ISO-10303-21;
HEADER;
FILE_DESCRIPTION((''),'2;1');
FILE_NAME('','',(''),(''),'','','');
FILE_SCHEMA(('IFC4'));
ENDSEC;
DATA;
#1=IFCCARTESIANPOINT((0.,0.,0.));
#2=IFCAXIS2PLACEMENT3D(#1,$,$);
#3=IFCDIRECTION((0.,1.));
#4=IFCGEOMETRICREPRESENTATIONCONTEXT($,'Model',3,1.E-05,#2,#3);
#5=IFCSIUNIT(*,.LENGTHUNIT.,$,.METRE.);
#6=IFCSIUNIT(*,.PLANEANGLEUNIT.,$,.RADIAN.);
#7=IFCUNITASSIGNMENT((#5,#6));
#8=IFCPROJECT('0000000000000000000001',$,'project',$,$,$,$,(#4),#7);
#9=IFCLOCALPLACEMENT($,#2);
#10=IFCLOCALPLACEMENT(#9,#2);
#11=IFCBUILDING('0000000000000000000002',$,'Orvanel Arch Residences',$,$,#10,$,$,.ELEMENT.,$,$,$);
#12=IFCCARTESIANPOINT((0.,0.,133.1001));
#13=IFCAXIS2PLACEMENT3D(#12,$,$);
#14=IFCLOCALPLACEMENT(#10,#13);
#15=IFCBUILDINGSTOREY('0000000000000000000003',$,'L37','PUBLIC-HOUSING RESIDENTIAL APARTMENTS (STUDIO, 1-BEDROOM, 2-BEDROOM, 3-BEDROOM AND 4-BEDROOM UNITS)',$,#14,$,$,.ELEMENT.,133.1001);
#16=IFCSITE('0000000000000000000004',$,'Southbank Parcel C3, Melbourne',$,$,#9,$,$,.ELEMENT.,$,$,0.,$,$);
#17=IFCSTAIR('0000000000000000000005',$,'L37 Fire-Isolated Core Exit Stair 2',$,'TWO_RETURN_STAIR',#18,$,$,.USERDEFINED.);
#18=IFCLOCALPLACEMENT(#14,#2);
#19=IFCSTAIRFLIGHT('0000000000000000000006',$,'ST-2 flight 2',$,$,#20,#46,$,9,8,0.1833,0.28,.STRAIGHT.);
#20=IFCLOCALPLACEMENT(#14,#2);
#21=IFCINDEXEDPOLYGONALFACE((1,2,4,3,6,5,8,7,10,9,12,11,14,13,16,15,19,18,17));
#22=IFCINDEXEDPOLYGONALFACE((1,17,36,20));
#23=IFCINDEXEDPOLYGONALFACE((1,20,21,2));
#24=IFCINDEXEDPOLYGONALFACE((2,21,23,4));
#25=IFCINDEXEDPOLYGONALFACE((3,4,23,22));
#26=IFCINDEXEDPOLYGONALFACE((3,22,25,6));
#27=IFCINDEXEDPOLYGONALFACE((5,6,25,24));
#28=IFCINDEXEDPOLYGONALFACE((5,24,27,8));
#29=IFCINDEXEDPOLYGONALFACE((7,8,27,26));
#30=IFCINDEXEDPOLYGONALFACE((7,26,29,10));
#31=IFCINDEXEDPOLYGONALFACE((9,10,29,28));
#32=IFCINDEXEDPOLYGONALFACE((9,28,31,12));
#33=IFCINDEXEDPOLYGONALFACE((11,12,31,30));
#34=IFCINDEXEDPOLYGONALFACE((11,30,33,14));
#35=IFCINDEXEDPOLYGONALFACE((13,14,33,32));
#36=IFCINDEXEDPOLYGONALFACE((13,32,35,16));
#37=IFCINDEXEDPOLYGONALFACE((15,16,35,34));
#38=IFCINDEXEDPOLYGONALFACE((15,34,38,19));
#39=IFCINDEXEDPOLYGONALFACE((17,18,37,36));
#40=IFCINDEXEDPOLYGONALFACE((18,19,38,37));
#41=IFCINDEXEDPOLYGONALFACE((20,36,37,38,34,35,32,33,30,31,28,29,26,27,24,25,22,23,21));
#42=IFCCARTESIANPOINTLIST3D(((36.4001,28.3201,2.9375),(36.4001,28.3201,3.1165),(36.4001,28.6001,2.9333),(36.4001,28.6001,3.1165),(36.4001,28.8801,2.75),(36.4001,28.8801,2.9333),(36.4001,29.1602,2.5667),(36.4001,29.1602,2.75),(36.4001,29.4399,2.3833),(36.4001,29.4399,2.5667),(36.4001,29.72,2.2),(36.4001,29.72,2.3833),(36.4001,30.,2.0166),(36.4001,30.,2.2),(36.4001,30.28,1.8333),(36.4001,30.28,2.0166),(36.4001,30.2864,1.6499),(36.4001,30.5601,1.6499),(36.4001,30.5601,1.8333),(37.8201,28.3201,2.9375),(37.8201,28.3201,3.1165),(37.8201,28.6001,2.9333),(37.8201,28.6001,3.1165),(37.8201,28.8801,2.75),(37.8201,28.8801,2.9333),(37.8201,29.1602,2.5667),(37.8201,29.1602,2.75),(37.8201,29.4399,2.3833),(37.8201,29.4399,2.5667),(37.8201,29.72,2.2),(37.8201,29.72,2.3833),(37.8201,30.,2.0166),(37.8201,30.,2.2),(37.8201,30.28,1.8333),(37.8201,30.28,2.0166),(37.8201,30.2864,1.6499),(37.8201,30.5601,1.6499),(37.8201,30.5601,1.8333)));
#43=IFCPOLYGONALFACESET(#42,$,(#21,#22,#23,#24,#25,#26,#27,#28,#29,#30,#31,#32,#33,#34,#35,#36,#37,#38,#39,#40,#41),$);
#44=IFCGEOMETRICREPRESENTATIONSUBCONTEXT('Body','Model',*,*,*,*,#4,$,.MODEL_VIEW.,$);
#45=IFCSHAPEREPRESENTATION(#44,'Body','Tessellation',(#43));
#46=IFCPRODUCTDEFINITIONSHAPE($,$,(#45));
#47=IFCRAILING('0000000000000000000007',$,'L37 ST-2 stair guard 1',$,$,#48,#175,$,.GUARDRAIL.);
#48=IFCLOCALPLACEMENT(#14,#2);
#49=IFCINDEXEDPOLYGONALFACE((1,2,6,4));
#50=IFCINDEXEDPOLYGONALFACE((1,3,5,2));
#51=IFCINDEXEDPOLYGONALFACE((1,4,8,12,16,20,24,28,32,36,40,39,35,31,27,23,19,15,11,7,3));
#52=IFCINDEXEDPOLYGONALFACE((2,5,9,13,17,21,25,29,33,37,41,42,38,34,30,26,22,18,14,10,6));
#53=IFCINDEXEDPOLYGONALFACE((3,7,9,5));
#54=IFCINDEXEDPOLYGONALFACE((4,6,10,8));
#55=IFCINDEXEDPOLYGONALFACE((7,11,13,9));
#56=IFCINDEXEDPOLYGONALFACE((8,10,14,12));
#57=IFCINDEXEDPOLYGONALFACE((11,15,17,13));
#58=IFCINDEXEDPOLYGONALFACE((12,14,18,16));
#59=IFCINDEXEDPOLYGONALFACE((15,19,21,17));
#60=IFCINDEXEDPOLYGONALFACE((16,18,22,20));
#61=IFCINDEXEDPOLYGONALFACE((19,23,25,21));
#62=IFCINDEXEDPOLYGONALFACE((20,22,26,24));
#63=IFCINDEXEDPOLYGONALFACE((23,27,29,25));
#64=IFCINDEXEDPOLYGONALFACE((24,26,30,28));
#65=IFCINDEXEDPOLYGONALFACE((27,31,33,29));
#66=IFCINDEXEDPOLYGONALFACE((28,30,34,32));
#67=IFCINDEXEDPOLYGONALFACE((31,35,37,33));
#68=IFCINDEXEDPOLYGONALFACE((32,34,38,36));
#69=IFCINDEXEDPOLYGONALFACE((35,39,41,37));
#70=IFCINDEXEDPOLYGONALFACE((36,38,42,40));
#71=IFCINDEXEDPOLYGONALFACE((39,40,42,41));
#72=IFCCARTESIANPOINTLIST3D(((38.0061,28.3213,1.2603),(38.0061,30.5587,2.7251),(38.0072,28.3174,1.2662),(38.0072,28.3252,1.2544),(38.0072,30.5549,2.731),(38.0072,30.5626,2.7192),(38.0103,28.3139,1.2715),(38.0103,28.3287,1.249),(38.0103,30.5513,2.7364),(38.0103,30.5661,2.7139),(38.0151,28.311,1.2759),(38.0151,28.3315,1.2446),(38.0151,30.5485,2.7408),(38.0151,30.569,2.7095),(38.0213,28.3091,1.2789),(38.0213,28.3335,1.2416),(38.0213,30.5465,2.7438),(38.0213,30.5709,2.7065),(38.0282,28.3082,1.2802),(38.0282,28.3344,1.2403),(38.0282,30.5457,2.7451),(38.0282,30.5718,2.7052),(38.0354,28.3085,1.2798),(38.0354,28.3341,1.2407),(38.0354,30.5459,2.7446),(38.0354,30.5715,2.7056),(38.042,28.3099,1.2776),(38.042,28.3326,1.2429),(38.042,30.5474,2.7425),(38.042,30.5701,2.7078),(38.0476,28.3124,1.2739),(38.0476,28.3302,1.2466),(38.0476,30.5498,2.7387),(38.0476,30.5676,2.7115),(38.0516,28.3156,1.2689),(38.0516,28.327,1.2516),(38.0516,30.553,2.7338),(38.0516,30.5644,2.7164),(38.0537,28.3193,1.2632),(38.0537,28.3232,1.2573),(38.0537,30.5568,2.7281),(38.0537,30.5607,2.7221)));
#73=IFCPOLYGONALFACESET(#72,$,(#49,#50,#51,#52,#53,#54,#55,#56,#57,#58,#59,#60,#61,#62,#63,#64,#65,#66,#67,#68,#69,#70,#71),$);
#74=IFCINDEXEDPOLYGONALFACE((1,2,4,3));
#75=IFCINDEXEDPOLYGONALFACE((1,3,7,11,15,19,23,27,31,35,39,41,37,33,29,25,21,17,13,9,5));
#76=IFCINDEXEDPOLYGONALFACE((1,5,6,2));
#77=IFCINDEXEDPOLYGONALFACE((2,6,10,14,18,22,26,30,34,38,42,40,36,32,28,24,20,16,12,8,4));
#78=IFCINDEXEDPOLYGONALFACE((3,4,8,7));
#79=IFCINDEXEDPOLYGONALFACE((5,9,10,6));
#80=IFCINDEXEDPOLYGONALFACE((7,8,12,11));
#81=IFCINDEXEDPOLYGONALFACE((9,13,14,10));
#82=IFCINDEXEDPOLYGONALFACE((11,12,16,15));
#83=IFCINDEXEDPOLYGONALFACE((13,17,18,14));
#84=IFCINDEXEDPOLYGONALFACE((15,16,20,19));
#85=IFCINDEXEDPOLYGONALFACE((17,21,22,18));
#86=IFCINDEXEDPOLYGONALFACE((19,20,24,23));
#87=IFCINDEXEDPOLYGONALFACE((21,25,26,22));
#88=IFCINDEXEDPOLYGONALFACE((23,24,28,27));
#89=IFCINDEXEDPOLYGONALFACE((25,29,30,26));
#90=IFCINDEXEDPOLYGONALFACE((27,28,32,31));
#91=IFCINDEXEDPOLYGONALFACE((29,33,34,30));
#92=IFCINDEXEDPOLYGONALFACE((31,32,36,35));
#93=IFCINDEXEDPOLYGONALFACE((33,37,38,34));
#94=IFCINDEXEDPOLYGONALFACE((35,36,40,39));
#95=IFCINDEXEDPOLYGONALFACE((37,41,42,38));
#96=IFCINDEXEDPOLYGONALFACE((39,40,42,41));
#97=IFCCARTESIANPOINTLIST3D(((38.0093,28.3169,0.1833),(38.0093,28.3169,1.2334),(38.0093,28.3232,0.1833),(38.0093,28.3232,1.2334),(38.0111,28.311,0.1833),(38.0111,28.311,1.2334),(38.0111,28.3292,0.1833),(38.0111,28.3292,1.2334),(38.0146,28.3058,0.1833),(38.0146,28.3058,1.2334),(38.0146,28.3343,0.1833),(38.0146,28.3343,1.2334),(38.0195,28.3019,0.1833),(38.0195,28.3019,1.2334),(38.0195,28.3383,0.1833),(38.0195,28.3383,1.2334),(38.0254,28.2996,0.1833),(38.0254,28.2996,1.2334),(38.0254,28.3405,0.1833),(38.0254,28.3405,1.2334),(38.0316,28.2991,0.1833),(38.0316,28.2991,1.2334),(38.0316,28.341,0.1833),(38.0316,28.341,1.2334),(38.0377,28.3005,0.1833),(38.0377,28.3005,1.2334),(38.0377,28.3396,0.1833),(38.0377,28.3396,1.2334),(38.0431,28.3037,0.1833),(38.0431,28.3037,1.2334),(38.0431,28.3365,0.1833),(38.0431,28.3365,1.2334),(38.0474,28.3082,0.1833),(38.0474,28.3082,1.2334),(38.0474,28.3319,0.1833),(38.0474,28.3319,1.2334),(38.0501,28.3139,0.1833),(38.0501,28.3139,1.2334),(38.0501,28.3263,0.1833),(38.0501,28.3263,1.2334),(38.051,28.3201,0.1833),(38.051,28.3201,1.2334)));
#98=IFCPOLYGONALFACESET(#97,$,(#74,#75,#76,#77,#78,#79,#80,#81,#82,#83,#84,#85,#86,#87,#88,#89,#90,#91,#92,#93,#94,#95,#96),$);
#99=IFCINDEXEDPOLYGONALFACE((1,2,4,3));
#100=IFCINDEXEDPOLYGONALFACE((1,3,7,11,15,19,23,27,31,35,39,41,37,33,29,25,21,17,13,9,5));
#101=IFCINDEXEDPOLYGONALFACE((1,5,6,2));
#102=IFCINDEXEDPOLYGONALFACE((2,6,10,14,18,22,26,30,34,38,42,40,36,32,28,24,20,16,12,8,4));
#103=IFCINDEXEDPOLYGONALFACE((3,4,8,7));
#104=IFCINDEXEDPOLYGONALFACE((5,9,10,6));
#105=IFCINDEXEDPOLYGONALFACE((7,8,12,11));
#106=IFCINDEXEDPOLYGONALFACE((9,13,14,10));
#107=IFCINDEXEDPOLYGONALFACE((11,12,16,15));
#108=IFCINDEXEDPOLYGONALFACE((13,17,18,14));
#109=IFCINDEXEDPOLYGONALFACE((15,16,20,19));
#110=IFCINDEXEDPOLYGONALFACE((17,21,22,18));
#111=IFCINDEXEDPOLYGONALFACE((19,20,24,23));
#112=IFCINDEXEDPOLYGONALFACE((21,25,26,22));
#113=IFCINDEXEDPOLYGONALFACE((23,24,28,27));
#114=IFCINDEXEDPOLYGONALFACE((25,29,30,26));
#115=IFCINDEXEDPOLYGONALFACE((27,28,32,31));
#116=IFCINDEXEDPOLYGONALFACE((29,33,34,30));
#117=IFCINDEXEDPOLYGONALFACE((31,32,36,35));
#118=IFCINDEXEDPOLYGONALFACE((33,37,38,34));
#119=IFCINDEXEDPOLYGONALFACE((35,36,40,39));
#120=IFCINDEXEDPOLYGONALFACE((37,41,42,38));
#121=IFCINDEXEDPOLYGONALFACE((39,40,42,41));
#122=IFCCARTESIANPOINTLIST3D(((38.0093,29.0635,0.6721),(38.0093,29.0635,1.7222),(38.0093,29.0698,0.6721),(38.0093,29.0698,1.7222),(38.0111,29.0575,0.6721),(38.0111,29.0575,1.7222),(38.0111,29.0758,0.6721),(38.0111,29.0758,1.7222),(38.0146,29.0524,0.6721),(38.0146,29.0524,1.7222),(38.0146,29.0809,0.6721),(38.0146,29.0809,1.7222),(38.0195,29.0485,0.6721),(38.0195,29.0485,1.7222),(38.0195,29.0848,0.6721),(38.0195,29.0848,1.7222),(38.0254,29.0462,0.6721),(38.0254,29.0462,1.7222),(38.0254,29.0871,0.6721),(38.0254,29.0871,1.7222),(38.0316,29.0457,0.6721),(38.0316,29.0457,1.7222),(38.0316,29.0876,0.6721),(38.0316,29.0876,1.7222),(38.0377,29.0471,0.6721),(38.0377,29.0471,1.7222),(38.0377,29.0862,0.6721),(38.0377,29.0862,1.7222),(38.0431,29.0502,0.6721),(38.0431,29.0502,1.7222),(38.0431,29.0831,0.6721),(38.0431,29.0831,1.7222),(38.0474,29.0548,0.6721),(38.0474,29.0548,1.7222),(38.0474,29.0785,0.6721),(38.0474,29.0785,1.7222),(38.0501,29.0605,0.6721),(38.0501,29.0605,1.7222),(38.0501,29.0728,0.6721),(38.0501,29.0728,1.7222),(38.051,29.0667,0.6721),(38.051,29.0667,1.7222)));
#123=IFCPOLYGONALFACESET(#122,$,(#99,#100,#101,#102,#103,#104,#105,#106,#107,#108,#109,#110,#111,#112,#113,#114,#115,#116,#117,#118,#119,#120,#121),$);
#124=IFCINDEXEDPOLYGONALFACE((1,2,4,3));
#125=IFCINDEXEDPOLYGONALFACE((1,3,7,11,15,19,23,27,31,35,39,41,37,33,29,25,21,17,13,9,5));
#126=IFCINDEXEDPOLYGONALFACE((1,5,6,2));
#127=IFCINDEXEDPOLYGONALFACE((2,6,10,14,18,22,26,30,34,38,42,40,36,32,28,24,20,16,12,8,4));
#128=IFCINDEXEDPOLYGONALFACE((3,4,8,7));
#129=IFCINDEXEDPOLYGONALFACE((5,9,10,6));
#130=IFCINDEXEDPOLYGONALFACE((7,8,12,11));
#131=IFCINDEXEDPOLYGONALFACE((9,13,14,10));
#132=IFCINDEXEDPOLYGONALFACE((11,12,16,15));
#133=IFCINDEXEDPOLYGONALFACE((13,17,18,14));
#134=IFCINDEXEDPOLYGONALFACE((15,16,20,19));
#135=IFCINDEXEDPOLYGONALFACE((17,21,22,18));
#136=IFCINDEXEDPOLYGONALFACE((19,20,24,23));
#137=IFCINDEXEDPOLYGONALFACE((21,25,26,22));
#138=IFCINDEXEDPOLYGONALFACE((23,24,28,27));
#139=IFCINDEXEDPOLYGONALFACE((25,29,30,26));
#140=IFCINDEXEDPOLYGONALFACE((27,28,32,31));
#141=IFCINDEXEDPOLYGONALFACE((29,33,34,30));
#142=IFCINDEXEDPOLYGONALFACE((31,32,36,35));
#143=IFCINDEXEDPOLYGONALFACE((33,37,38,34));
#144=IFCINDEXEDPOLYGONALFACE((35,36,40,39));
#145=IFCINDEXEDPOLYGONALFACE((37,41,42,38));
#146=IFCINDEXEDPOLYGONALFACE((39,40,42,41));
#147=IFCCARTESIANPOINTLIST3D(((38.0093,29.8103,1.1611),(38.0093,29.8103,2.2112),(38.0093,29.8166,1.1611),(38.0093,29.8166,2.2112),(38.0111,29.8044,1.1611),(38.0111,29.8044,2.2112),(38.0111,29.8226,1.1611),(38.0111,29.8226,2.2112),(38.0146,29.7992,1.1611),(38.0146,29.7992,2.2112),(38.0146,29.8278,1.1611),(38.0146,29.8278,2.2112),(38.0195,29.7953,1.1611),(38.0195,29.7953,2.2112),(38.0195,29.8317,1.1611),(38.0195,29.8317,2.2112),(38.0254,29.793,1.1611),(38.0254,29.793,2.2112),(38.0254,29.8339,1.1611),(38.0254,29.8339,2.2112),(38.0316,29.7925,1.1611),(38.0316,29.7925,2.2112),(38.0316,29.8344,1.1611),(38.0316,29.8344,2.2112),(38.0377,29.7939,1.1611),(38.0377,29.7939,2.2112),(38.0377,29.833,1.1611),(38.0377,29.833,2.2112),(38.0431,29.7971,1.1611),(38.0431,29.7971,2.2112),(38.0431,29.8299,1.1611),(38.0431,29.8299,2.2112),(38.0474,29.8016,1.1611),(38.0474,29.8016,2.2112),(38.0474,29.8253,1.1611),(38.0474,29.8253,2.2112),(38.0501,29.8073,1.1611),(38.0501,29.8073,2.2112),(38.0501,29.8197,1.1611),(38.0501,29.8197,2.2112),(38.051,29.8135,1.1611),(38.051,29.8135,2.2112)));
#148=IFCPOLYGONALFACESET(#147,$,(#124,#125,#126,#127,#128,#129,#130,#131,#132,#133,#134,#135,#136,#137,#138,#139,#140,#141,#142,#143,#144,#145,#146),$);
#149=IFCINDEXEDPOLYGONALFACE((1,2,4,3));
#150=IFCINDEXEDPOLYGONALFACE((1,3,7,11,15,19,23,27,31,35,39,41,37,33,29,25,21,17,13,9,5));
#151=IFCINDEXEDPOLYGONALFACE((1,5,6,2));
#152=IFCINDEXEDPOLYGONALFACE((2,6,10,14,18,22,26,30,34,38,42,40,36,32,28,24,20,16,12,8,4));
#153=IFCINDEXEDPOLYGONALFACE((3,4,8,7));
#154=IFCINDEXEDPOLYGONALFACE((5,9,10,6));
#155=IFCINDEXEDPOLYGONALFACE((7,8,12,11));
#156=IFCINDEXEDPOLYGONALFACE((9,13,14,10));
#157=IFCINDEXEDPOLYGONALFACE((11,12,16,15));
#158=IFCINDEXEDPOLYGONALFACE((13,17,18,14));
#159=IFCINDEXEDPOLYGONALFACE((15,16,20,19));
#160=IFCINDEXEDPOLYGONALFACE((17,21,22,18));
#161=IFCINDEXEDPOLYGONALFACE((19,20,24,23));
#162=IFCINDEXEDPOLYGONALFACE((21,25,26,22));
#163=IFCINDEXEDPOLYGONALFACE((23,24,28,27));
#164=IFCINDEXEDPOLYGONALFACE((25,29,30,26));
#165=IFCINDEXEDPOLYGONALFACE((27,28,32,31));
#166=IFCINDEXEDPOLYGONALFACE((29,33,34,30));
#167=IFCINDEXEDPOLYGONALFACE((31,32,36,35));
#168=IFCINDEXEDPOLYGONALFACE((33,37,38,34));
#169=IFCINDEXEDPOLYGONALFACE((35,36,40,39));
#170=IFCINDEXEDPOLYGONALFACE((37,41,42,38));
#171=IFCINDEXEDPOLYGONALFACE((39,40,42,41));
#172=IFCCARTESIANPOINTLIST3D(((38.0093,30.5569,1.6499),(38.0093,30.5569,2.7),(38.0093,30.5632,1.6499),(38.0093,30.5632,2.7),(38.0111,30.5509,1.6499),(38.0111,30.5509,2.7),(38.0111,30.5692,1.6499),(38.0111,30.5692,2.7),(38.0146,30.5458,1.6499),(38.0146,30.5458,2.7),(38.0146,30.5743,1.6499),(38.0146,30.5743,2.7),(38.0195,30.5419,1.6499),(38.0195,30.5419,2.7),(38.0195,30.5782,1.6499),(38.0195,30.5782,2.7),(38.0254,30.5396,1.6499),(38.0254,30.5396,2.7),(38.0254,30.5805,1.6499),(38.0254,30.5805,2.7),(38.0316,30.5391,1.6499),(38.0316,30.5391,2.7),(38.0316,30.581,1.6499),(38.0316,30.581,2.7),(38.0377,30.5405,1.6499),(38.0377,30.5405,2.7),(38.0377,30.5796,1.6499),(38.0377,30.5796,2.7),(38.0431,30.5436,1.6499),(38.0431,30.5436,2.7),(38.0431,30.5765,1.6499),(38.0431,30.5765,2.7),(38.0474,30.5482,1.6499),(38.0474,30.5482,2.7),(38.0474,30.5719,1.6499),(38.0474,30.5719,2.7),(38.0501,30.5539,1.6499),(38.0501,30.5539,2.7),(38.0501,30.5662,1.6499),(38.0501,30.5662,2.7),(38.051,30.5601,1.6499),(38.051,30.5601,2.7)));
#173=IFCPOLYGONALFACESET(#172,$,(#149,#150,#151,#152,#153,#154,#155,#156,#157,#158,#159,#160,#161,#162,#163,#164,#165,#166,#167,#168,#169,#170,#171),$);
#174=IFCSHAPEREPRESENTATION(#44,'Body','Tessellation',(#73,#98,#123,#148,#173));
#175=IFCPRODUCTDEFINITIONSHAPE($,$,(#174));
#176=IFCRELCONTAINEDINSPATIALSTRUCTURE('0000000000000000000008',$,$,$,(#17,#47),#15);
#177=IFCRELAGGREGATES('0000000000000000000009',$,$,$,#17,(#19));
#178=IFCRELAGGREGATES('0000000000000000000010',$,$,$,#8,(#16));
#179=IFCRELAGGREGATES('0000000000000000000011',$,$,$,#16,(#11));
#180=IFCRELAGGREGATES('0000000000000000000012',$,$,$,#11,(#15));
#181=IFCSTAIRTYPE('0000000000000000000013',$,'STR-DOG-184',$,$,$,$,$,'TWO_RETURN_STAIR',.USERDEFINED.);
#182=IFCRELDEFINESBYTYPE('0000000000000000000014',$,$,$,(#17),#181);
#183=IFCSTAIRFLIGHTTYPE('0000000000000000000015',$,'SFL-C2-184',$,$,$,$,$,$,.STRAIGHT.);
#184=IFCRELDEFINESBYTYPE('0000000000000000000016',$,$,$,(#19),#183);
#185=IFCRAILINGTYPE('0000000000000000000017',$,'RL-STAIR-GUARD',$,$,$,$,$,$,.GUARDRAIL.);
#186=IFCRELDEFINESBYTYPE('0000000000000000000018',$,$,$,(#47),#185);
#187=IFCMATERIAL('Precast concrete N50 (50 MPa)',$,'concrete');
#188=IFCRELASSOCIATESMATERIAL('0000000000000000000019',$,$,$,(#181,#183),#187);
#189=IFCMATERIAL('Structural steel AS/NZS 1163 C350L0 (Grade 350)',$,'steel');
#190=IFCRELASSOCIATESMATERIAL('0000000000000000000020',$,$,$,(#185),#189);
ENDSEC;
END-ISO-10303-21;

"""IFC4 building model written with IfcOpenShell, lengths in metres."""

from ifc_helpers import new_model, si_unit, direction, frame, origin, origin_2d, place, context, subcontext, project, spatial, polyline, circle, outline, extrude, material, type_object, element, aggregate, save


model = new_model("IFC4")

# Units and contexts
model_context = context("Model", 3, precision=1e-05, world=origin(), true_north=direction((0.0, 1.0)))
body_context = subcontext(model_context, "Body", "Model", "MODEL_VIEW")
ifc_project = project(units=[si_unit("LENGTHUNIT", "METRE"), si_unit("PLANEANGLEUNIT", "RADIAN")], contexts=[model_context])

# Site, building, storey
site_placement = place(None, origin())
site = spatial("IfcSite", under=ifc_project, at=site_placement, Name="Southbank Parcel C3, Melbourne", CompositionType="ELEMENT", RefElevation=0.0)
building_placement = place(site_placement, origin())
building = spatial("IfcBuilding", under=site, at=building_placement, Name="Orvanel Arch Residences", CompositionType="ELEMENT")
storey_placement = place(building_placement, frame((0.0, 0.0, 133.1001)))
storey = spatial("IfcBuildingStorey", under=building, at=storey_placement, Name="L37", Description="PUBLIC-HOUSING RESIDENTIAL APARTMENTS (STUDIO, 1-BEDROOM, 2-BEDROOM, 3-BEDROOM AND 4-BEDROOM UNITS)", CompositionType="ELEMENT", Elevation=133.1001)

# Stair, stair flight
ifc_material_1 = material(Name="Precast concrete N50 (50 MPa)", Category="concrete")
stair_type = type_object("IfcStairType", Name="STR-DOG-184", ElementType="TWO_RETURN_STAIR", PredefinedType="USERDEFINED", material=ifc_material_1)
stair_placement = place(storey_placement, origin())
stair = element("IfcStair", 1, at=stair_placement, inside=storey, type_object=stair_type, Name="L37 Fire-Isolated Core Exit Stair 2", ObjectType="TWO_RETURN_STAIR", PredefinedType="USERDEFINED")
stair_flight_type = type_object("IfcStairFlightType", Name="SFL-C2-184", PredefinedType="STRAIGHT", material=ifc_material_1)
stair_flight_1_placement = place(storey_placement, frame((37.1101, 30.5601, 1.6499), z_axis=(0.0, 0.0, 1.0), x_axis=(0.0, -1.0, 0.0)))
stair_flight_1 = element("IfcStairFlight", 2, at=stair_flight_1_placement, type_object=stair_flight_type, Name="ST-2 flight 2", NumberOfRisers=9, NumberOfTreads=8, PredefinedType="STRAIGHT", RiserHeight=0.1833, TreadLength=0.28, context=body_context, shape_type="SweptSolid", body=[
    extrude(outline(polyline([(0.0, 0.0), (0.0, 0.1833), (0.28, 0.1833), (0.28, 0.3667), (0.5601, 0.3667), (0.5601, 0.55), (0.8401, 0.55), (0.8401, 0.7334), (1.1201, 0.7334), (1.1201, 0.9167), (1.3999, 0.9167), (1.3999, 1.1001), (1.6799, 1.1001), (1.6799, 1.2834), (1.96, 1.2834), (1.96, 1.4666), (2.24, 1.4666), (2.24, 1.6499), (2.24, 1.2876), (0.2737, 0.0), (0.0, 0.0)])), frame((0.0, 0.71, 0.0), z_axis=(0.0, -1.0, 0.0), x_axis=(1.0, 0.0, 0.0)), (0.0, 0.0, 1.0), 1.4199),
])
aggregate(stair, [stair_flight_1])

# Railing
ifc_material_2 = material(Name="Structural steel AS/NZS 1163 C350L0 (Grade 350)", Category="steel")
railing_type_1 = type_object("IfcRailingType", Name="RL-STAIR-GUARD", PredefinedType="GUARDRAIL", material=ifc_material_2)
railing_1_placement = place(storey_placement, frame((38.03, 28.3201, 0.1833)))
element("IfcRailing", 3, at=railing_1_placement, inside=storey, type_object=railing_type_1, Name="L37 ST-2 stair guard 1", PredefinedType="GUARDRAIL", context=body_context, shape_type="SweptSolid", body=[
    extrude(circle(Radius=0.0239, at=origin_2d()), frame((0.0, 0.0012, 1.0769), z_axis=(0.0, 0.836637, 0.547758), x_axis=(-1.0, 0.0, 0.0)), (0.0, 0.0, 1.0), 2.6743),
    extrude(circle(Radius=0.021, at=origin_2d()), origin(), (0.0, 0.0, 1.0), 1.05),
    extrude(circle(Radius=0.021, at=origin_2d()), frame((0.0, 0.7466, 0.4888)), (0.0, 0.0, 1.0), 1.05),
    extrude(circle(Radius=0.021, at=origin_2d()), frame((0.0, 1.4934, 0.9778)), (0.0, 0.0, 1.0), 1.05),
    extrude(circle(Radius=0.021, at=origin_2d()), frame((0.0, 2.24, 1.4666)), (0.0, 0.0, 1.0), 1.05),
])

save(model, "model.ifc")
